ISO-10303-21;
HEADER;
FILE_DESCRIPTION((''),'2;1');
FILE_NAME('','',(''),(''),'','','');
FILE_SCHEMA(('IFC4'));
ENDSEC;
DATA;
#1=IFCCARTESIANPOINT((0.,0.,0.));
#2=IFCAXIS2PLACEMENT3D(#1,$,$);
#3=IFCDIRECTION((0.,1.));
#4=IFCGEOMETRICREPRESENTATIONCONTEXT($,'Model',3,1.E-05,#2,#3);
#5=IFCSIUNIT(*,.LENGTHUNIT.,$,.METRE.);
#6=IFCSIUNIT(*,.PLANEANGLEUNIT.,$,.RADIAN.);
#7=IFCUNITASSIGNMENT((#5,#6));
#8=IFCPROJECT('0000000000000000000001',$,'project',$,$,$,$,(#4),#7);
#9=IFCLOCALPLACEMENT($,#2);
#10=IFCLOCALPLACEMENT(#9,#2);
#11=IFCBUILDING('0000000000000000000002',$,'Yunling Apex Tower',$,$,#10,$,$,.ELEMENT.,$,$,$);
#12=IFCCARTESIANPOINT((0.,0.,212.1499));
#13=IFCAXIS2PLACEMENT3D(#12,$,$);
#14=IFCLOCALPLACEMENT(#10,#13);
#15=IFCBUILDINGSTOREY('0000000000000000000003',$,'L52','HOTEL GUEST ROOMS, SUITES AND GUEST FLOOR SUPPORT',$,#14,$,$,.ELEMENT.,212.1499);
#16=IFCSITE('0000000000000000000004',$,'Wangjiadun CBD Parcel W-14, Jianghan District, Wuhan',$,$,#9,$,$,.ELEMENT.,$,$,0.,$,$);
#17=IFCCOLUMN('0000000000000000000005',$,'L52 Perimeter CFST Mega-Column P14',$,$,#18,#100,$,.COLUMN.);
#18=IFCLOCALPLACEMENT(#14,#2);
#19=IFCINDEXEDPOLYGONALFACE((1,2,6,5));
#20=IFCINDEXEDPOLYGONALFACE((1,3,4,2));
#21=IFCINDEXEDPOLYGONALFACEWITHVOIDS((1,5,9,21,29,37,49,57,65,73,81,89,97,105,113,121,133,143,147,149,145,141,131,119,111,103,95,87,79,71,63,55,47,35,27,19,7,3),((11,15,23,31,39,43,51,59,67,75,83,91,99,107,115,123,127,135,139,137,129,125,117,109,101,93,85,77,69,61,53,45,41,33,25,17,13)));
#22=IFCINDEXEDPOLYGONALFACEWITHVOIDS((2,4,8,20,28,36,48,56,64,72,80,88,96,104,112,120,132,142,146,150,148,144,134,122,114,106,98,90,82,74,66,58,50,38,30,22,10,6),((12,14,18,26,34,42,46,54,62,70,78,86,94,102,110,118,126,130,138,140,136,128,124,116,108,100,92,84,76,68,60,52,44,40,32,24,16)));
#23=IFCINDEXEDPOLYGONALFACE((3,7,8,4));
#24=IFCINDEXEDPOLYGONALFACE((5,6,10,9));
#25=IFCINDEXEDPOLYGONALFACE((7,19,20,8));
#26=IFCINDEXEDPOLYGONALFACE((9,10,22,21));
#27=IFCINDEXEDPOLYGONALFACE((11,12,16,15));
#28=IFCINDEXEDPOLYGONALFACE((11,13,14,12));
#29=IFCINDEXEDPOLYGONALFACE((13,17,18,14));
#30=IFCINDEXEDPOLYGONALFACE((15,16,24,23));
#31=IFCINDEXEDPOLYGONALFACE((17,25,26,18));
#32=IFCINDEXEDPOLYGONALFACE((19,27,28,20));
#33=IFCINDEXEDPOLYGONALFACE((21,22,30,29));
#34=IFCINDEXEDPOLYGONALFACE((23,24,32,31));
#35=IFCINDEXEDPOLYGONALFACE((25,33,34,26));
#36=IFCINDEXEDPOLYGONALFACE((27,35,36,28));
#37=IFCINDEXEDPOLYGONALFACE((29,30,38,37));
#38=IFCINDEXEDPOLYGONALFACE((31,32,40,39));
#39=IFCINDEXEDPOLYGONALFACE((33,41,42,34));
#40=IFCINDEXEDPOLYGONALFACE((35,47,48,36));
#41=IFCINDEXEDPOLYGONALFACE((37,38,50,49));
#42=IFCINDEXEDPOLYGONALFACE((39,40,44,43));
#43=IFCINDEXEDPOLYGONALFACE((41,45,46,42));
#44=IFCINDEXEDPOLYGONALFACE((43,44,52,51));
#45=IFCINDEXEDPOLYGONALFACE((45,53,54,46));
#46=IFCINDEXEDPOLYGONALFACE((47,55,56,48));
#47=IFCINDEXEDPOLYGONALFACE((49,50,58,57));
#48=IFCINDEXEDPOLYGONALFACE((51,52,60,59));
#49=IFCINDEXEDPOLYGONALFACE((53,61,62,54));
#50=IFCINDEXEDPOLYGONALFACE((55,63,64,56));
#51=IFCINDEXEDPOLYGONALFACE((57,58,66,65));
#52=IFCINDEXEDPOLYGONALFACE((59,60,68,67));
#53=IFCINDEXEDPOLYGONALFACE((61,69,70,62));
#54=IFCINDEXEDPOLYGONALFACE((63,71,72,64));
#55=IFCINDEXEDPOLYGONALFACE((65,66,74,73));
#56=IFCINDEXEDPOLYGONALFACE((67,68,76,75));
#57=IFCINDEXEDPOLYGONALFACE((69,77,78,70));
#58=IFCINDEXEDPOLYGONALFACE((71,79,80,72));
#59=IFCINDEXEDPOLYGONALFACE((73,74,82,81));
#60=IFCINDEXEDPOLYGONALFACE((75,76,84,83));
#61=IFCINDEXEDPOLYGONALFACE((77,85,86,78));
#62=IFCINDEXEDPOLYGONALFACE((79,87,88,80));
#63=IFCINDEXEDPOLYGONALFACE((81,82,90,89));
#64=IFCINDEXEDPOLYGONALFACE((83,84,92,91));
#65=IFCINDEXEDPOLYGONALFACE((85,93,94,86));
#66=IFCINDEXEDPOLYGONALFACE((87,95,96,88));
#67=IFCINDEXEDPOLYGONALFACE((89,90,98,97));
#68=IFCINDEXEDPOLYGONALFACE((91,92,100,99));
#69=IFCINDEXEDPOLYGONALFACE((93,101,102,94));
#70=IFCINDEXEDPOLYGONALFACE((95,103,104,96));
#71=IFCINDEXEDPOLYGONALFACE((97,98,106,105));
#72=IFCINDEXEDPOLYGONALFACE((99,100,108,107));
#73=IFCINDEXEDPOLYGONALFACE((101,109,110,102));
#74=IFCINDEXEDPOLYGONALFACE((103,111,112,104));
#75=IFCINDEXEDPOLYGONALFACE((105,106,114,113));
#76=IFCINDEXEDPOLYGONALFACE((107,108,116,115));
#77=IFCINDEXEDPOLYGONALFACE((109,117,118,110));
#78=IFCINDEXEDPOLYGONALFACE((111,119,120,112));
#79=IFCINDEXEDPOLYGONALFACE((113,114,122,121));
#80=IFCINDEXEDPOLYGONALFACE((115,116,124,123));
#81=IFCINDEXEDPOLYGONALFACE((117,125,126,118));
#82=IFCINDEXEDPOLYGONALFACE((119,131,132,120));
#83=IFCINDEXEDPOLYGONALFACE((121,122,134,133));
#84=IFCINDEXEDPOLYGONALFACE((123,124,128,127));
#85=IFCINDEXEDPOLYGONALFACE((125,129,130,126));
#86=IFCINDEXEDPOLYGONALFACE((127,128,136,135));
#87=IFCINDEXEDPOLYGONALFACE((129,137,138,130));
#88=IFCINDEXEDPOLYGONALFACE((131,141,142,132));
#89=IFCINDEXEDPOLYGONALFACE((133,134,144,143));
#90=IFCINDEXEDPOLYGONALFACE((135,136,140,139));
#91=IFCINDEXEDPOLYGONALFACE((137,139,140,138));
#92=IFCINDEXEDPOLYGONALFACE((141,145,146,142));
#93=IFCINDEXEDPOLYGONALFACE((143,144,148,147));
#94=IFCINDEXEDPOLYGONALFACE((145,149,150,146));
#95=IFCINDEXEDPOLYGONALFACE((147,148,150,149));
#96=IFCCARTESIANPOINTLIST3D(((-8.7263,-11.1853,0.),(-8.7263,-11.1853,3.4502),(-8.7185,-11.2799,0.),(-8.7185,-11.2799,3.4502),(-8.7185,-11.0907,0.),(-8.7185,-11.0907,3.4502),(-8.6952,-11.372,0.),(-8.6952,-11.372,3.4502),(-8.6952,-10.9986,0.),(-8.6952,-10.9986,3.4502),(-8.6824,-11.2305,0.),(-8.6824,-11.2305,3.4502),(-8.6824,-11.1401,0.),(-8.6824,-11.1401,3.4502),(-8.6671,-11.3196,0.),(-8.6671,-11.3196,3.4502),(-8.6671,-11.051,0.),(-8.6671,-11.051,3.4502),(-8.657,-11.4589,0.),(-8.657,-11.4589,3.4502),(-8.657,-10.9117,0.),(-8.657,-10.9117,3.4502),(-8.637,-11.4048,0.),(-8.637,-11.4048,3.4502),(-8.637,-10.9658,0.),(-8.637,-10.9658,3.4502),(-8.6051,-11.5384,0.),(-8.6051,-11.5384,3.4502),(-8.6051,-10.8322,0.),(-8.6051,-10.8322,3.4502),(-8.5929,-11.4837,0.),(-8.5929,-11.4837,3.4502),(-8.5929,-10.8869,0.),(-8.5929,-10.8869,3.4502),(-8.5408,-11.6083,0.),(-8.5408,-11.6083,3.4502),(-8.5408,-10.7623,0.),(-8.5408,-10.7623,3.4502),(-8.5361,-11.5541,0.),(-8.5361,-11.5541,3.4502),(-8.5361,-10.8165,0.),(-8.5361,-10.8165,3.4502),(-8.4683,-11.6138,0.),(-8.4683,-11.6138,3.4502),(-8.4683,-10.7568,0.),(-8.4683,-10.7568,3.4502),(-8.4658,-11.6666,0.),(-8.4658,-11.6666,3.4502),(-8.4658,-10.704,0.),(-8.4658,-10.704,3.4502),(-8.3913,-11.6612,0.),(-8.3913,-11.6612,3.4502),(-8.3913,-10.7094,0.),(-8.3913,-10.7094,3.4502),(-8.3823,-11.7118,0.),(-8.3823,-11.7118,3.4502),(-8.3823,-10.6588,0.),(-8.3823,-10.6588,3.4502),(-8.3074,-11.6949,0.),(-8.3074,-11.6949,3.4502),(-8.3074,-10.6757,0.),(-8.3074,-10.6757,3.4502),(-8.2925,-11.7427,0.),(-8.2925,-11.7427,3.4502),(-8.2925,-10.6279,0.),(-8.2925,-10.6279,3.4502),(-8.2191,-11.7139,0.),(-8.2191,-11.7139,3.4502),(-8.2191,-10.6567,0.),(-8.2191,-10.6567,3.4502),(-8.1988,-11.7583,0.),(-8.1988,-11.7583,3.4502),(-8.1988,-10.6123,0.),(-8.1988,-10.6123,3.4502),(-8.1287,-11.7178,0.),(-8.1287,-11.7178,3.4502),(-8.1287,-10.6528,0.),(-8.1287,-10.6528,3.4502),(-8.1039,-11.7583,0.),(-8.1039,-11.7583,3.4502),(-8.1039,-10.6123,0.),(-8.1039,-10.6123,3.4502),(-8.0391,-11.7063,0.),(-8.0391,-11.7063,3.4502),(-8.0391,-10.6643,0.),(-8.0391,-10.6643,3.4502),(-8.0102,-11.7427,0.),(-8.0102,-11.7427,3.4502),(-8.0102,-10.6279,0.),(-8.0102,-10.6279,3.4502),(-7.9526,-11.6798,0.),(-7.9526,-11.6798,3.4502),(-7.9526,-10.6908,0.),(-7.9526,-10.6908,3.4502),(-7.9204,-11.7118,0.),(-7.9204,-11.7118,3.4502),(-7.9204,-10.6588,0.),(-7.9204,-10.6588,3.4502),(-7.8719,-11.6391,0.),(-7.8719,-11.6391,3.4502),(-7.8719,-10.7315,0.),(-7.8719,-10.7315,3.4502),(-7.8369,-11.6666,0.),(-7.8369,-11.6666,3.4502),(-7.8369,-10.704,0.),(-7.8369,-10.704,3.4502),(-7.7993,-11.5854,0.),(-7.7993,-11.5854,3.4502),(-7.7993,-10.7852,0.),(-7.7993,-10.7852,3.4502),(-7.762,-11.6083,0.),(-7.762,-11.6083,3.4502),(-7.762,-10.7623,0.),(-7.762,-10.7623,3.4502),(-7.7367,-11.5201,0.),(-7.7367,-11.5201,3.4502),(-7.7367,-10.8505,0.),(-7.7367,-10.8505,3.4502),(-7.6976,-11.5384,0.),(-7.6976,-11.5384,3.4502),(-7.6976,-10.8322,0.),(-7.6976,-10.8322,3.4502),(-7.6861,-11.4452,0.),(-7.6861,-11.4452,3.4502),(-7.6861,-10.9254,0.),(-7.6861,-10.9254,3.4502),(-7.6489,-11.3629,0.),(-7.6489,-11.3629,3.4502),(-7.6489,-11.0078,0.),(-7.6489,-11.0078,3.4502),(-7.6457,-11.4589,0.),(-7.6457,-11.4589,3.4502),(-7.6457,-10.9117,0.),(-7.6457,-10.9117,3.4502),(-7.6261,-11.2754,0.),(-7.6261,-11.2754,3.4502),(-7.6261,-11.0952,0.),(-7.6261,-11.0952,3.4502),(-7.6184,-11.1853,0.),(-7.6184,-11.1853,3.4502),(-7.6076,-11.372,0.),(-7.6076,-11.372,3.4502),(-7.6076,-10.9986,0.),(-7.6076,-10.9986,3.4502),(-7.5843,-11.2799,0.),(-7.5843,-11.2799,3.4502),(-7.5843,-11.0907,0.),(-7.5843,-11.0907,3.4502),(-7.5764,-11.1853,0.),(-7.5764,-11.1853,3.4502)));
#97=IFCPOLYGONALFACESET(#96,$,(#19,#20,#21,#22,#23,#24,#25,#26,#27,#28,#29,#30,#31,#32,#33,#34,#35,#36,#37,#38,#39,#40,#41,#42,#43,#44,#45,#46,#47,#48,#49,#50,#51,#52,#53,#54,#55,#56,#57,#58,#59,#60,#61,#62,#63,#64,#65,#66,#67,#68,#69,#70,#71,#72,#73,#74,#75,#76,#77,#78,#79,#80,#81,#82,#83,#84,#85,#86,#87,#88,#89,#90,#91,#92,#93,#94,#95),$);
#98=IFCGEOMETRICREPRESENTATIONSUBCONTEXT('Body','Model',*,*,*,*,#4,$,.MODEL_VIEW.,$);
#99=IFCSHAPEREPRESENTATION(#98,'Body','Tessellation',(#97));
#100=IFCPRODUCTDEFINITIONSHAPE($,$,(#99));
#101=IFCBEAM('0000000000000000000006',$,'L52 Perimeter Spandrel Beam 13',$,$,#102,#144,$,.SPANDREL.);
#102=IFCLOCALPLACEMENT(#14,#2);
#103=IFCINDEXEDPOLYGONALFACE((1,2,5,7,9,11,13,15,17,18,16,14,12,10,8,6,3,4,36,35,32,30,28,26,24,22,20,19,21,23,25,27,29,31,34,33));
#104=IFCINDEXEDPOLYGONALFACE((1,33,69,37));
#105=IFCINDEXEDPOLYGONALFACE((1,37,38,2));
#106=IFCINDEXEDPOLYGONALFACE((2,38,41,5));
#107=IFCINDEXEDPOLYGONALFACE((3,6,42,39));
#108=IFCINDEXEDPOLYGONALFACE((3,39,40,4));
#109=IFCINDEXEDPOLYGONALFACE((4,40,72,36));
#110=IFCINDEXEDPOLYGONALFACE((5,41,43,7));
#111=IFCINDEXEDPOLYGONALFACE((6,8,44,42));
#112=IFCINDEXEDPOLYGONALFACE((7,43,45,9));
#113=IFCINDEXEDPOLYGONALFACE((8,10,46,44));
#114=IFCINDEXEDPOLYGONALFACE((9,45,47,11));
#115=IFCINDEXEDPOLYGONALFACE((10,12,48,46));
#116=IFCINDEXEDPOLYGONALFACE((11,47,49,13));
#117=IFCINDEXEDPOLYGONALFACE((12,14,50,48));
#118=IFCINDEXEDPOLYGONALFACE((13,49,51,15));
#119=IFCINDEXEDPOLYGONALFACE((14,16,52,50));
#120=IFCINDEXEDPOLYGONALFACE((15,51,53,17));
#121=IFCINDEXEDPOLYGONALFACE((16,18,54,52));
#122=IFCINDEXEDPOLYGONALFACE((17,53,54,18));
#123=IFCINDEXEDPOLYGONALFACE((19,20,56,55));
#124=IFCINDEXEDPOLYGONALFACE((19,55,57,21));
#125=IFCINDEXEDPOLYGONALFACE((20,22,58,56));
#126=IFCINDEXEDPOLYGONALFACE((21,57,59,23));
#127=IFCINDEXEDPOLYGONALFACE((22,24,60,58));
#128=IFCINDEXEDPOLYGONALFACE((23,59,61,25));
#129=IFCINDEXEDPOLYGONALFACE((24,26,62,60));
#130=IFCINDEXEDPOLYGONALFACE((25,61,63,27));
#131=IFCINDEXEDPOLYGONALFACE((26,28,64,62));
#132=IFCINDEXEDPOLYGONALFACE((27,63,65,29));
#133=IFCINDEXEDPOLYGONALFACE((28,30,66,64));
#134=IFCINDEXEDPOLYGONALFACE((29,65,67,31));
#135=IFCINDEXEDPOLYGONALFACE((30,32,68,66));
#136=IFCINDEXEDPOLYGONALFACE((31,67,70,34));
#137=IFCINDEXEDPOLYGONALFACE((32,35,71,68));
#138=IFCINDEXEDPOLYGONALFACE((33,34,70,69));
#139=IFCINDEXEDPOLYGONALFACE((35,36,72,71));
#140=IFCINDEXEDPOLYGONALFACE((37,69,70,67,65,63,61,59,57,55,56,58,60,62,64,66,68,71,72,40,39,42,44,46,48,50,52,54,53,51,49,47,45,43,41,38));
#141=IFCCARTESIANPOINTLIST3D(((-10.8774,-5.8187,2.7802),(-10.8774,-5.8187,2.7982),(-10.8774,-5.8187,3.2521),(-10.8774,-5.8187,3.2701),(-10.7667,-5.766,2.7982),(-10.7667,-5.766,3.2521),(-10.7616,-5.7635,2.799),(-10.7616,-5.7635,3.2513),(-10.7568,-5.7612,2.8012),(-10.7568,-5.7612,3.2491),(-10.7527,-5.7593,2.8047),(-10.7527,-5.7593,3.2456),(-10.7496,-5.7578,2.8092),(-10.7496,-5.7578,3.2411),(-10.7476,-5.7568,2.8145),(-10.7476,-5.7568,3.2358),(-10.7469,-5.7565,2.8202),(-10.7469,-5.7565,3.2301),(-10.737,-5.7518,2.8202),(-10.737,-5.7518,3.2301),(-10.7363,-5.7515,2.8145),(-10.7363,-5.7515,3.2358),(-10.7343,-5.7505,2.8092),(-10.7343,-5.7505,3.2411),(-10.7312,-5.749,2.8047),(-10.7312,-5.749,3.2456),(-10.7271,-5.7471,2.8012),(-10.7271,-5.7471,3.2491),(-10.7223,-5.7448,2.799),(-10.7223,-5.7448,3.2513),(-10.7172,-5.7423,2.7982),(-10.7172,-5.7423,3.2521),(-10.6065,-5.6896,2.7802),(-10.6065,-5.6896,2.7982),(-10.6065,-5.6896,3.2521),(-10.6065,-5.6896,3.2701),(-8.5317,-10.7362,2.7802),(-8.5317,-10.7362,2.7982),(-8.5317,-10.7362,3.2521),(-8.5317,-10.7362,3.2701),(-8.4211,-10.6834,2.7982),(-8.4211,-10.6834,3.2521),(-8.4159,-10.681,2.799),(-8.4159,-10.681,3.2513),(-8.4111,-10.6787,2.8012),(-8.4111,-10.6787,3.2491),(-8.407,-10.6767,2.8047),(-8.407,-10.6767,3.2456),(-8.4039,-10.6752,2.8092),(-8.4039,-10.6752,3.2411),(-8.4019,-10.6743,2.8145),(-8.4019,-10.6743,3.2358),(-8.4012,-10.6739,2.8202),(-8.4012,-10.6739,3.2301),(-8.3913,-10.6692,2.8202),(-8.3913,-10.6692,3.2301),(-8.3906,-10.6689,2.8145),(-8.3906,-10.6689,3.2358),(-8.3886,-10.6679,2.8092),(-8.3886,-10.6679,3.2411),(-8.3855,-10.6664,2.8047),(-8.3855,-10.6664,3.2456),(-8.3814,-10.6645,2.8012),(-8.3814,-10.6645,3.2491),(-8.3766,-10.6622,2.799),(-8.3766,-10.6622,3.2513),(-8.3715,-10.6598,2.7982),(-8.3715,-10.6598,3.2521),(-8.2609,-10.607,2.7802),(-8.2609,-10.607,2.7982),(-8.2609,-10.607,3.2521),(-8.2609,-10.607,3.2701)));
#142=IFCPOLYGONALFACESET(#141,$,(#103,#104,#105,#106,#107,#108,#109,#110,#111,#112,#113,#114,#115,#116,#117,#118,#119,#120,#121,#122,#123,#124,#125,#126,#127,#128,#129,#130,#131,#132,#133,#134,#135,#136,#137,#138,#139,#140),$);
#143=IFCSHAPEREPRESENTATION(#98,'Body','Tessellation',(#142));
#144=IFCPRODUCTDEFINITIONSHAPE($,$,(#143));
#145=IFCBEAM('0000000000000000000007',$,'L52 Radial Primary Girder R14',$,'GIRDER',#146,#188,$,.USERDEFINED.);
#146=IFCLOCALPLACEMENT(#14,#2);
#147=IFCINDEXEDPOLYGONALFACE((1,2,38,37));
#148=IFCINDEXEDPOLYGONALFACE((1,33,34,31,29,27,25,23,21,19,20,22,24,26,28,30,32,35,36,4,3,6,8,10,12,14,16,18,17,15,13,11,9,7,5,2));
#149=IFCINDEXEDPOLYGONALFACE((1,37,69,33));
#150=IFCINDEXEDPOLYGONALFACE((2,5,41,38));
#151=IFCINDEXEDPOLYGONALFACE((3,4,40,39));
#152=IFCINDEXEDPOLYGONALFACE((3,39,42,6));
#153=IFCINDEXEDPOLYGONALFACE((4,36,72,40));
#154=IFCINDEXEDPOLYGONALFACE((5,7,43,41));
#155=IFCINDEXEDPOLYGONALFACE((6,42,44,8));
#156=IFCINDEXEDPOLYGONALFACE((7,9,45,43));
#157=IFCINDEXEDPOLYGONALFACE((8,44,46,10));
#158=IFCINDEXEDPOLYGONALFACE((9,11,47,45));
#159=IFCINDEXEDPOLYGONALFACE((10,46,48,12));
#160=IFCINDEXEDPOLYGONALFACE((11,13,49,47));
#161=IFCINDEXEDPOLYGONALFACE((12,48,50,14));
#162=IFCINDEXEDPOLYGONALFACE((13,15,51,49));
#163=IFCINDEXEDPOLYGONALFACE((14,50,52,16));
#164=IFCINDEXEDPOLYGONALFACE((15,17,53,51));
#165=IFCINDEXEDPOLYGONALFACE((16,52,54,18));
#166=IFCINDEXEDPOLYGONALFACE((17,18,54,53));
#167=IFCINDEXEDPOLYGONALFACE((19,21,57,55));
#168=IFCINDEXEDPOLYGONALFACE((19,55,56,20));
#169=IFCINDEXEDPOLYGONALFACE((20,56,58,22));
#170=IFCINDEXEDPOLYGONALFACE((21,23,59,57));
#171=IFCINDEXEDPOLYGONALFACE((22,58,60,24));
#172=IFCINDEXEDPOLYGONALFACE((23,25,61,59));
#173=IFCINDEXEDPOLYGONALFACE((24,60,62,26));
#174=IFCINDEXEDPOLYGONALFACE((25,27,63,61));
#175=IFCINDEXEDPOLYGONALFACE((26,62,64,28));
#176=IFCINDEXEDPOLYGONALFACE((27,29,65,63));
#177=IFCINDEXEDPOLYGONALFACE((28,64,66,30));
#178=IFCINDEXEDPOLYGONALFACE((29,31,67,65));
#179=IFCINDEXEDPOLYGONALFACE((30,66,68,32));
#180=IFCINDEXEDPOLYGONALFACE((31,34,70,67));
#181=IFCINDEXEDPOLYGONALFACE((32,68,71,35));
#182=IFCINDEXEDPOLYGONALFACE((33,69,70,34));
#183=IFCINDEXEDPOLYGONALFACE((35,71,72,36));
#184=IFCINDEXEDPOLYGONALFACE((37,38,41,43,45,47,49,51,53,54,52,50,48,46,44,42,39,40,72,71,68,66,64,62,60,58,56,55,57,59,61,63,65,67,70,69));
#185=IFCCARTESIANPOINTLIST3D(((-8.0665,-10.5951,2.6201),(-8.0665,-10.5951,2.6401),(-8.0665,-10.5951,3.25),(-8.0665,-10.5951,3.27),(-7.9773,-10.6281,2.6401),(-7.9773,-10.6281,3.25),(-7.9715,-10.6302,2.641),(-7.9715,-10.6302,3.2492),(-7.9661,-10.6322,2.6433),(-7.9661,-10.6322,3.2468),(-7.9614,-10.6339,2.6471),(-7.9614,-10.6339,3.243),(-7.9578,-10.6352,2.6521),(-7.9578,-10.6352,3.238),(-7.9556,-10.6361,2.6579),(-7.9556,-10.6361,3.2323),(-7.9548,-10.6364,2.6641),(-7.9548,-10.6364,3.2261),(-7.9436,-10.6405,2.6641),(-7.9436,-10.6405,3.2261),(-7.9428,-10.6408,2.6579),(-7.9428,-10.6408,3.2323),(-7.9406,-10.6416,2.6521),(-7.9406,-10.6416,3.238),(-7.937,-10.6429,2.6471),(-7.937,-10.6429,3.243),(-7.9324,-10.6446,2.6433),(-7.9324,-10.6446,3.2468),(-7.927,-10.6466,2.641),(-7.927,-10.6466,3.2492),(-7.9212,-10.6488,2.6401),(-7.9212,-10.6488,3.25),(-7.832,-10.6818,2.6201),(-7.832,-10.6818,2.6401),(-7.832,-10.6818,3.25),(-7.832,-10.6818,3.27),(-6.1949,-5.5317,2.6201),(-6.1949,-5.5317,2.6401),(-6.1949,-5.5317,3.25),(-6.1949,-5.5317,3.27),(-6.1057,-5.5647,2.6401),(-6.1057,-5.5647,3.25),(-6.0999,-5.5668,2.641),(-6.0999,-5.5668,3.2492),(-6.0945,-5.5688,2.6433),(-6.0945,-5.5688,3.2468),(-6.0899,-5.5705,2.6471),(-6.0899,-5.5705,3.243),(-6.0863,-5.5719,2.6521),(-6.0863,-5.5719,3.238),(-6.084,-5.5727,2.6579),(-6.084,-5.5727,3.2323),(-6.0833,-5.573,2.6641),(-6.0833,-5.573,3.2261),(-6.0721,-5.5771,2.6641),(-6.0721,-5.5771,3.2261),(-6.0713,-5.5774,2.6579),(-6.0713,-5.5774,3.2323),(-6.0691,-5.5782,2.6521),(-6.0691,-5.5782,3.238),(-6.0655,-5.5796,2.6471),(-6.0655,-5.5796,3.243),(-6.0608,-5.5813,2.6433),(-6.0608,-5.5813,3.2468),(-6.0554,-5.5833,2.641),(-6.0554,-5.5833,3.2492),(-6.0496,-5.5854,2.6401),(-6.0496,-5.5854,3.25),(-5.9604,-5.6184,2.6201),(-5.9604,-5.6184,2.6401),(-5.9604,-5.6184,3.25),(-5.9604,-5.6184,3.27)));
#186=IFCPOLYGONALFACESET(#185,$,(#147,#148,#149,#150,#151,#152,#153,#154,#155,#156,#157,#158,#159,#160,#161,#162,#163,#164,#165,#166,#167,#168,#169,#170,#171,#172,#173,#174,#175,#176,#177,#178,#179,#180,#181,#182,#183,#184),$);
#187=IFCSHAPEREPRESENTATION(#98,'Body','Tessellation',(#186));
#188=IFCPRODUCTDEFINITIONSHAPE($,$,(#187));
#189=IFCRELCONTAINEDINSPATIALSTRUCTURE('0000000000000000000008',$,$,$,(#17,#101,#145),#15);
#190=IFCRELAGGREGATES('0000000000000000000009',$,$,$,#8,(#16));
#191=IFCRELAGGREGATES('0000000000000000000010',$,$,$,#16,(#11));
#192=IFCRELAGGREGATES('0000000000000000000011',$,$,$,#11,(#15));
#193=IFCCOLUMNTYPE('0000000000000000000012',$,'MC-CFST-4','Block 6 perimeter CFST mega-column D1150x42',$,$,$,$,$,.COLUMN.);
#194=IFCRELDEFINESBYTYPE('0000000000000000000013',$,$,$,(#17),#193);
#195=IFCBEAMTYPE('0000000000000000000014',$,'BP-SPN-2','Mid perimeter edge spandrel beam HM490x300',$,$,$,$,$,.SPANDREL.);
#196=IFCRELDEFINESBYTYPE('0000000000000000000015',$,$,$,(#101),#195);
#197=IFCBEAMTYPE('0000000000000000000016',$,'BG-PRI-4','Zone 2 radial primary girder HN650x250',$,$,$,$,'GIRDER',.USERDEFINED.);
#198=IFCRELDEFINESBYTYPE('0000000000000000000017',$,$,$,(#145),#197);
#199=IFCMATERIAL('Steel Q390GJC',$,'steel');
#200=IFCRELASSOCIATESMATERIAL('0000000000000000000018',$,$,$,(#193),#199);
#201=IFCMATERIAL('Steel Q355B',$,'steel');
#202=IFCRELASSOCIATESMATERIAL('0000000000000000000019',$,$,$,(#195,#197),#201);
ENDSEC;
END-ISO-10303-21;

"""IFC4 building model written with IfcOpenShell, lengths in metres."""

from ifc_helpers import new_model, si_unit, direction, frame, origin, origin_2d, place, context, subcontext, project, spatial, hollow_circle, i_section, extrude, source, transform, mapped, material, material_profile, profile_set, type_object, element, save


model = new_model("IFC4")

# Units and contexts
model_context = context("Model", 3, precision=1e-05, world=origin(), true_north=direction((0.0, 1.0)))
body_context = subcontext(model_context, "Body", "Model", "MODEL_VIEW")
ifc_project = project(units=[si_unit("LENGTHUNIT", "METRE"), si_unit("PLANEANGLEUNIT", "RADIAN")], contexts=[model_context])

# Site, building, storey
site_placement = place(None, origin())
site = spatial("IfcSite", under=ifc_project, at=site_placement, Name="Wangjiadun CBD Parcel W-14, Jianghan District, Wuhan", CompositionType="ELEMENT", RefElevation=0.0)
building_placement = place(site_placement, origin())
building = spatial("IfcBuilding", under=site, at=building_placement, Name="Yunling Apex Tower", CompositionType="ELEMENT")
storey_placement = place(building_placement, frame((0.0, 0.0, 212.1499)))
storey = spatial("IfcBuildingStorey", under=building, at=storey_placement, Name="L52", Description="HOTEL GUEST ROOMS, SUITES AND GUEST FLOOR SUPPORT", CompositionType="ELEMENT", Elevation=212.1499)

# Column
ifc_material_1 = material(Name="Steel Q390GJC", Category="steel")
ifc_material_profile_1 = material_profile(ifc_material_1, hollow_circle(Radius=0.575, WallThickness=0.042, at=origin_2d()))
ifc_profile_set_1 = profile_set([ifc_material_profile_1], Name="Steel Q390GJC")
column_type = type_object("IfcColumnType", Name="MC-CFST-4", Description="Block 6 perimeter CFST mega-column D1150x42", PredefinedType="COLUMN", material=ifc_profile_set_1)
shared_shape_1 = source(origin(), body_context, "Body", "SweptSolid", [
    extrude(hollow_circle(Radius=0.575, WallThickness=0.042, at=origin_2d()), origin(), (0.0, 0.0, 1.0), 3.4502),
])
column_placement = place(storey_placement, frame((-8.1514, -11.1853, 0.0), z_axis=(0.0, 0.0, 1.0), x_axis=(1.0, 0.0, 0.0)))
element("IfcColumn", 1, at=column_placement, inside=storey, type_object=column_type, Name="L52 Perimeter CFST Mega-Column P14", PredefinedType="COLUMN", context=body_context, shape_type="MappedRepresentation", body=[
    mapped(shared_shape_1, transform((0.0, 0.0, 0.0), scale=1.0)),
])

# Beams
ifc_material_2 = material(Name="Steel Q355B", Category="steel")
ifc_material_profile_2 = material_profile(ifc_material_2, i_section(OverallWidth=0.3, OverallDepth=0.49, WebThickness=0.011, FlangeThickness=0.0181, FilletRadius=0.022, at=origin_2d()))
ifc_profile_set_2 = profile_set([ifc_material_profile_2], Name="Steel Q355B")
beam_type_1 = type_object("IfcBeamType", Name="BP-SPN-2", Description="Mid perimeter edge spandrel beam HM490x300", PredefinedType="SPANDREL", material=ifc_profile_set_2)
shared_shape_2 = source(origin(), body_context, "Body", "SweptSolid", [
    extrude(i_section(OverallWidth=0.3, OverallDepth=0.49, WebThickness=0.011, FlangeThickness=0.0181, FilletRadius=0.022, at=origin_2d()), origin(), (0.0, 0.0, 1.0), 5.4482),
])
beam_1_placement = place(storey_placement, frame((-10.7419, -5.7542, 3.0251), z_axis=(0.430539, -0.902572, 0.0), x_axis=(0.902572, 0.430539, 0.0)))
element("IfcBeam", 2, at=beam_1_placement, inside=storey, type_object=beam_type_1, Name="L52 Perimeter Spandrel Beam 13", PredefinedType="SPANDREL", context=body_context, shape_type="MappedRepresentation", body=[
    mapped(shared_shape_2, transform((0.0, 0.0, 0.0), scale=1.0)),
])
ifc_material_profile_3 = material_profile(ifc_material_2, i_section(OverallWidth=0.25, OverallDepth=0.6499, WebThickness=0.012, FlangeThickness=0.02, FilletRadius=0.0239, at=origin_2d()))
ifc_profile_set_3 = profile_set([ifc_material_profile_3], Name="Steel Q355B")
beam_type_2 = type_object("IfcBeamType", Name="BG-PRI-4", Description="Zone 2 radial primary girder HN650x250", ElementType="GIRDER", PredefinedType="USERDEFINED", material=ifc_profile_set_3)
shared_shape_3 = source(origin(), body_context, "Body", "SweptSolid", [
    extrude(i_section(OverallWidth=0.25, OverallDepth=0.6499, WebThickness=0.012, FlangeThickness=0.02, FilletRadius=0.0239, at=origin_2d()), origin(), (0.0, 0.0, 1.0), 5.3982),
])
beam_2_placement = place(storey_placement, frame((-7.9492, -10.6384, 2.9451), z_axis=(0.346699, 0.937977, 0.0), x_axis=(-0.937977, 0.346699, 0.0)))
element("IfcBeam", 3, at=beam_2_placement, inside=storey, type_object=beam_type_2, Name="L52 Radial Primary Girder R14", ObjectType="GIRDER", PredefinedType="USERDEFINED", context=body_context, shape_type="MappedRepresentation", body=[
    mapped(shared_shape_3, transform((0.0, 0.0, 0.0), scale=1.0)),
])

save(model, "model.ifc")
